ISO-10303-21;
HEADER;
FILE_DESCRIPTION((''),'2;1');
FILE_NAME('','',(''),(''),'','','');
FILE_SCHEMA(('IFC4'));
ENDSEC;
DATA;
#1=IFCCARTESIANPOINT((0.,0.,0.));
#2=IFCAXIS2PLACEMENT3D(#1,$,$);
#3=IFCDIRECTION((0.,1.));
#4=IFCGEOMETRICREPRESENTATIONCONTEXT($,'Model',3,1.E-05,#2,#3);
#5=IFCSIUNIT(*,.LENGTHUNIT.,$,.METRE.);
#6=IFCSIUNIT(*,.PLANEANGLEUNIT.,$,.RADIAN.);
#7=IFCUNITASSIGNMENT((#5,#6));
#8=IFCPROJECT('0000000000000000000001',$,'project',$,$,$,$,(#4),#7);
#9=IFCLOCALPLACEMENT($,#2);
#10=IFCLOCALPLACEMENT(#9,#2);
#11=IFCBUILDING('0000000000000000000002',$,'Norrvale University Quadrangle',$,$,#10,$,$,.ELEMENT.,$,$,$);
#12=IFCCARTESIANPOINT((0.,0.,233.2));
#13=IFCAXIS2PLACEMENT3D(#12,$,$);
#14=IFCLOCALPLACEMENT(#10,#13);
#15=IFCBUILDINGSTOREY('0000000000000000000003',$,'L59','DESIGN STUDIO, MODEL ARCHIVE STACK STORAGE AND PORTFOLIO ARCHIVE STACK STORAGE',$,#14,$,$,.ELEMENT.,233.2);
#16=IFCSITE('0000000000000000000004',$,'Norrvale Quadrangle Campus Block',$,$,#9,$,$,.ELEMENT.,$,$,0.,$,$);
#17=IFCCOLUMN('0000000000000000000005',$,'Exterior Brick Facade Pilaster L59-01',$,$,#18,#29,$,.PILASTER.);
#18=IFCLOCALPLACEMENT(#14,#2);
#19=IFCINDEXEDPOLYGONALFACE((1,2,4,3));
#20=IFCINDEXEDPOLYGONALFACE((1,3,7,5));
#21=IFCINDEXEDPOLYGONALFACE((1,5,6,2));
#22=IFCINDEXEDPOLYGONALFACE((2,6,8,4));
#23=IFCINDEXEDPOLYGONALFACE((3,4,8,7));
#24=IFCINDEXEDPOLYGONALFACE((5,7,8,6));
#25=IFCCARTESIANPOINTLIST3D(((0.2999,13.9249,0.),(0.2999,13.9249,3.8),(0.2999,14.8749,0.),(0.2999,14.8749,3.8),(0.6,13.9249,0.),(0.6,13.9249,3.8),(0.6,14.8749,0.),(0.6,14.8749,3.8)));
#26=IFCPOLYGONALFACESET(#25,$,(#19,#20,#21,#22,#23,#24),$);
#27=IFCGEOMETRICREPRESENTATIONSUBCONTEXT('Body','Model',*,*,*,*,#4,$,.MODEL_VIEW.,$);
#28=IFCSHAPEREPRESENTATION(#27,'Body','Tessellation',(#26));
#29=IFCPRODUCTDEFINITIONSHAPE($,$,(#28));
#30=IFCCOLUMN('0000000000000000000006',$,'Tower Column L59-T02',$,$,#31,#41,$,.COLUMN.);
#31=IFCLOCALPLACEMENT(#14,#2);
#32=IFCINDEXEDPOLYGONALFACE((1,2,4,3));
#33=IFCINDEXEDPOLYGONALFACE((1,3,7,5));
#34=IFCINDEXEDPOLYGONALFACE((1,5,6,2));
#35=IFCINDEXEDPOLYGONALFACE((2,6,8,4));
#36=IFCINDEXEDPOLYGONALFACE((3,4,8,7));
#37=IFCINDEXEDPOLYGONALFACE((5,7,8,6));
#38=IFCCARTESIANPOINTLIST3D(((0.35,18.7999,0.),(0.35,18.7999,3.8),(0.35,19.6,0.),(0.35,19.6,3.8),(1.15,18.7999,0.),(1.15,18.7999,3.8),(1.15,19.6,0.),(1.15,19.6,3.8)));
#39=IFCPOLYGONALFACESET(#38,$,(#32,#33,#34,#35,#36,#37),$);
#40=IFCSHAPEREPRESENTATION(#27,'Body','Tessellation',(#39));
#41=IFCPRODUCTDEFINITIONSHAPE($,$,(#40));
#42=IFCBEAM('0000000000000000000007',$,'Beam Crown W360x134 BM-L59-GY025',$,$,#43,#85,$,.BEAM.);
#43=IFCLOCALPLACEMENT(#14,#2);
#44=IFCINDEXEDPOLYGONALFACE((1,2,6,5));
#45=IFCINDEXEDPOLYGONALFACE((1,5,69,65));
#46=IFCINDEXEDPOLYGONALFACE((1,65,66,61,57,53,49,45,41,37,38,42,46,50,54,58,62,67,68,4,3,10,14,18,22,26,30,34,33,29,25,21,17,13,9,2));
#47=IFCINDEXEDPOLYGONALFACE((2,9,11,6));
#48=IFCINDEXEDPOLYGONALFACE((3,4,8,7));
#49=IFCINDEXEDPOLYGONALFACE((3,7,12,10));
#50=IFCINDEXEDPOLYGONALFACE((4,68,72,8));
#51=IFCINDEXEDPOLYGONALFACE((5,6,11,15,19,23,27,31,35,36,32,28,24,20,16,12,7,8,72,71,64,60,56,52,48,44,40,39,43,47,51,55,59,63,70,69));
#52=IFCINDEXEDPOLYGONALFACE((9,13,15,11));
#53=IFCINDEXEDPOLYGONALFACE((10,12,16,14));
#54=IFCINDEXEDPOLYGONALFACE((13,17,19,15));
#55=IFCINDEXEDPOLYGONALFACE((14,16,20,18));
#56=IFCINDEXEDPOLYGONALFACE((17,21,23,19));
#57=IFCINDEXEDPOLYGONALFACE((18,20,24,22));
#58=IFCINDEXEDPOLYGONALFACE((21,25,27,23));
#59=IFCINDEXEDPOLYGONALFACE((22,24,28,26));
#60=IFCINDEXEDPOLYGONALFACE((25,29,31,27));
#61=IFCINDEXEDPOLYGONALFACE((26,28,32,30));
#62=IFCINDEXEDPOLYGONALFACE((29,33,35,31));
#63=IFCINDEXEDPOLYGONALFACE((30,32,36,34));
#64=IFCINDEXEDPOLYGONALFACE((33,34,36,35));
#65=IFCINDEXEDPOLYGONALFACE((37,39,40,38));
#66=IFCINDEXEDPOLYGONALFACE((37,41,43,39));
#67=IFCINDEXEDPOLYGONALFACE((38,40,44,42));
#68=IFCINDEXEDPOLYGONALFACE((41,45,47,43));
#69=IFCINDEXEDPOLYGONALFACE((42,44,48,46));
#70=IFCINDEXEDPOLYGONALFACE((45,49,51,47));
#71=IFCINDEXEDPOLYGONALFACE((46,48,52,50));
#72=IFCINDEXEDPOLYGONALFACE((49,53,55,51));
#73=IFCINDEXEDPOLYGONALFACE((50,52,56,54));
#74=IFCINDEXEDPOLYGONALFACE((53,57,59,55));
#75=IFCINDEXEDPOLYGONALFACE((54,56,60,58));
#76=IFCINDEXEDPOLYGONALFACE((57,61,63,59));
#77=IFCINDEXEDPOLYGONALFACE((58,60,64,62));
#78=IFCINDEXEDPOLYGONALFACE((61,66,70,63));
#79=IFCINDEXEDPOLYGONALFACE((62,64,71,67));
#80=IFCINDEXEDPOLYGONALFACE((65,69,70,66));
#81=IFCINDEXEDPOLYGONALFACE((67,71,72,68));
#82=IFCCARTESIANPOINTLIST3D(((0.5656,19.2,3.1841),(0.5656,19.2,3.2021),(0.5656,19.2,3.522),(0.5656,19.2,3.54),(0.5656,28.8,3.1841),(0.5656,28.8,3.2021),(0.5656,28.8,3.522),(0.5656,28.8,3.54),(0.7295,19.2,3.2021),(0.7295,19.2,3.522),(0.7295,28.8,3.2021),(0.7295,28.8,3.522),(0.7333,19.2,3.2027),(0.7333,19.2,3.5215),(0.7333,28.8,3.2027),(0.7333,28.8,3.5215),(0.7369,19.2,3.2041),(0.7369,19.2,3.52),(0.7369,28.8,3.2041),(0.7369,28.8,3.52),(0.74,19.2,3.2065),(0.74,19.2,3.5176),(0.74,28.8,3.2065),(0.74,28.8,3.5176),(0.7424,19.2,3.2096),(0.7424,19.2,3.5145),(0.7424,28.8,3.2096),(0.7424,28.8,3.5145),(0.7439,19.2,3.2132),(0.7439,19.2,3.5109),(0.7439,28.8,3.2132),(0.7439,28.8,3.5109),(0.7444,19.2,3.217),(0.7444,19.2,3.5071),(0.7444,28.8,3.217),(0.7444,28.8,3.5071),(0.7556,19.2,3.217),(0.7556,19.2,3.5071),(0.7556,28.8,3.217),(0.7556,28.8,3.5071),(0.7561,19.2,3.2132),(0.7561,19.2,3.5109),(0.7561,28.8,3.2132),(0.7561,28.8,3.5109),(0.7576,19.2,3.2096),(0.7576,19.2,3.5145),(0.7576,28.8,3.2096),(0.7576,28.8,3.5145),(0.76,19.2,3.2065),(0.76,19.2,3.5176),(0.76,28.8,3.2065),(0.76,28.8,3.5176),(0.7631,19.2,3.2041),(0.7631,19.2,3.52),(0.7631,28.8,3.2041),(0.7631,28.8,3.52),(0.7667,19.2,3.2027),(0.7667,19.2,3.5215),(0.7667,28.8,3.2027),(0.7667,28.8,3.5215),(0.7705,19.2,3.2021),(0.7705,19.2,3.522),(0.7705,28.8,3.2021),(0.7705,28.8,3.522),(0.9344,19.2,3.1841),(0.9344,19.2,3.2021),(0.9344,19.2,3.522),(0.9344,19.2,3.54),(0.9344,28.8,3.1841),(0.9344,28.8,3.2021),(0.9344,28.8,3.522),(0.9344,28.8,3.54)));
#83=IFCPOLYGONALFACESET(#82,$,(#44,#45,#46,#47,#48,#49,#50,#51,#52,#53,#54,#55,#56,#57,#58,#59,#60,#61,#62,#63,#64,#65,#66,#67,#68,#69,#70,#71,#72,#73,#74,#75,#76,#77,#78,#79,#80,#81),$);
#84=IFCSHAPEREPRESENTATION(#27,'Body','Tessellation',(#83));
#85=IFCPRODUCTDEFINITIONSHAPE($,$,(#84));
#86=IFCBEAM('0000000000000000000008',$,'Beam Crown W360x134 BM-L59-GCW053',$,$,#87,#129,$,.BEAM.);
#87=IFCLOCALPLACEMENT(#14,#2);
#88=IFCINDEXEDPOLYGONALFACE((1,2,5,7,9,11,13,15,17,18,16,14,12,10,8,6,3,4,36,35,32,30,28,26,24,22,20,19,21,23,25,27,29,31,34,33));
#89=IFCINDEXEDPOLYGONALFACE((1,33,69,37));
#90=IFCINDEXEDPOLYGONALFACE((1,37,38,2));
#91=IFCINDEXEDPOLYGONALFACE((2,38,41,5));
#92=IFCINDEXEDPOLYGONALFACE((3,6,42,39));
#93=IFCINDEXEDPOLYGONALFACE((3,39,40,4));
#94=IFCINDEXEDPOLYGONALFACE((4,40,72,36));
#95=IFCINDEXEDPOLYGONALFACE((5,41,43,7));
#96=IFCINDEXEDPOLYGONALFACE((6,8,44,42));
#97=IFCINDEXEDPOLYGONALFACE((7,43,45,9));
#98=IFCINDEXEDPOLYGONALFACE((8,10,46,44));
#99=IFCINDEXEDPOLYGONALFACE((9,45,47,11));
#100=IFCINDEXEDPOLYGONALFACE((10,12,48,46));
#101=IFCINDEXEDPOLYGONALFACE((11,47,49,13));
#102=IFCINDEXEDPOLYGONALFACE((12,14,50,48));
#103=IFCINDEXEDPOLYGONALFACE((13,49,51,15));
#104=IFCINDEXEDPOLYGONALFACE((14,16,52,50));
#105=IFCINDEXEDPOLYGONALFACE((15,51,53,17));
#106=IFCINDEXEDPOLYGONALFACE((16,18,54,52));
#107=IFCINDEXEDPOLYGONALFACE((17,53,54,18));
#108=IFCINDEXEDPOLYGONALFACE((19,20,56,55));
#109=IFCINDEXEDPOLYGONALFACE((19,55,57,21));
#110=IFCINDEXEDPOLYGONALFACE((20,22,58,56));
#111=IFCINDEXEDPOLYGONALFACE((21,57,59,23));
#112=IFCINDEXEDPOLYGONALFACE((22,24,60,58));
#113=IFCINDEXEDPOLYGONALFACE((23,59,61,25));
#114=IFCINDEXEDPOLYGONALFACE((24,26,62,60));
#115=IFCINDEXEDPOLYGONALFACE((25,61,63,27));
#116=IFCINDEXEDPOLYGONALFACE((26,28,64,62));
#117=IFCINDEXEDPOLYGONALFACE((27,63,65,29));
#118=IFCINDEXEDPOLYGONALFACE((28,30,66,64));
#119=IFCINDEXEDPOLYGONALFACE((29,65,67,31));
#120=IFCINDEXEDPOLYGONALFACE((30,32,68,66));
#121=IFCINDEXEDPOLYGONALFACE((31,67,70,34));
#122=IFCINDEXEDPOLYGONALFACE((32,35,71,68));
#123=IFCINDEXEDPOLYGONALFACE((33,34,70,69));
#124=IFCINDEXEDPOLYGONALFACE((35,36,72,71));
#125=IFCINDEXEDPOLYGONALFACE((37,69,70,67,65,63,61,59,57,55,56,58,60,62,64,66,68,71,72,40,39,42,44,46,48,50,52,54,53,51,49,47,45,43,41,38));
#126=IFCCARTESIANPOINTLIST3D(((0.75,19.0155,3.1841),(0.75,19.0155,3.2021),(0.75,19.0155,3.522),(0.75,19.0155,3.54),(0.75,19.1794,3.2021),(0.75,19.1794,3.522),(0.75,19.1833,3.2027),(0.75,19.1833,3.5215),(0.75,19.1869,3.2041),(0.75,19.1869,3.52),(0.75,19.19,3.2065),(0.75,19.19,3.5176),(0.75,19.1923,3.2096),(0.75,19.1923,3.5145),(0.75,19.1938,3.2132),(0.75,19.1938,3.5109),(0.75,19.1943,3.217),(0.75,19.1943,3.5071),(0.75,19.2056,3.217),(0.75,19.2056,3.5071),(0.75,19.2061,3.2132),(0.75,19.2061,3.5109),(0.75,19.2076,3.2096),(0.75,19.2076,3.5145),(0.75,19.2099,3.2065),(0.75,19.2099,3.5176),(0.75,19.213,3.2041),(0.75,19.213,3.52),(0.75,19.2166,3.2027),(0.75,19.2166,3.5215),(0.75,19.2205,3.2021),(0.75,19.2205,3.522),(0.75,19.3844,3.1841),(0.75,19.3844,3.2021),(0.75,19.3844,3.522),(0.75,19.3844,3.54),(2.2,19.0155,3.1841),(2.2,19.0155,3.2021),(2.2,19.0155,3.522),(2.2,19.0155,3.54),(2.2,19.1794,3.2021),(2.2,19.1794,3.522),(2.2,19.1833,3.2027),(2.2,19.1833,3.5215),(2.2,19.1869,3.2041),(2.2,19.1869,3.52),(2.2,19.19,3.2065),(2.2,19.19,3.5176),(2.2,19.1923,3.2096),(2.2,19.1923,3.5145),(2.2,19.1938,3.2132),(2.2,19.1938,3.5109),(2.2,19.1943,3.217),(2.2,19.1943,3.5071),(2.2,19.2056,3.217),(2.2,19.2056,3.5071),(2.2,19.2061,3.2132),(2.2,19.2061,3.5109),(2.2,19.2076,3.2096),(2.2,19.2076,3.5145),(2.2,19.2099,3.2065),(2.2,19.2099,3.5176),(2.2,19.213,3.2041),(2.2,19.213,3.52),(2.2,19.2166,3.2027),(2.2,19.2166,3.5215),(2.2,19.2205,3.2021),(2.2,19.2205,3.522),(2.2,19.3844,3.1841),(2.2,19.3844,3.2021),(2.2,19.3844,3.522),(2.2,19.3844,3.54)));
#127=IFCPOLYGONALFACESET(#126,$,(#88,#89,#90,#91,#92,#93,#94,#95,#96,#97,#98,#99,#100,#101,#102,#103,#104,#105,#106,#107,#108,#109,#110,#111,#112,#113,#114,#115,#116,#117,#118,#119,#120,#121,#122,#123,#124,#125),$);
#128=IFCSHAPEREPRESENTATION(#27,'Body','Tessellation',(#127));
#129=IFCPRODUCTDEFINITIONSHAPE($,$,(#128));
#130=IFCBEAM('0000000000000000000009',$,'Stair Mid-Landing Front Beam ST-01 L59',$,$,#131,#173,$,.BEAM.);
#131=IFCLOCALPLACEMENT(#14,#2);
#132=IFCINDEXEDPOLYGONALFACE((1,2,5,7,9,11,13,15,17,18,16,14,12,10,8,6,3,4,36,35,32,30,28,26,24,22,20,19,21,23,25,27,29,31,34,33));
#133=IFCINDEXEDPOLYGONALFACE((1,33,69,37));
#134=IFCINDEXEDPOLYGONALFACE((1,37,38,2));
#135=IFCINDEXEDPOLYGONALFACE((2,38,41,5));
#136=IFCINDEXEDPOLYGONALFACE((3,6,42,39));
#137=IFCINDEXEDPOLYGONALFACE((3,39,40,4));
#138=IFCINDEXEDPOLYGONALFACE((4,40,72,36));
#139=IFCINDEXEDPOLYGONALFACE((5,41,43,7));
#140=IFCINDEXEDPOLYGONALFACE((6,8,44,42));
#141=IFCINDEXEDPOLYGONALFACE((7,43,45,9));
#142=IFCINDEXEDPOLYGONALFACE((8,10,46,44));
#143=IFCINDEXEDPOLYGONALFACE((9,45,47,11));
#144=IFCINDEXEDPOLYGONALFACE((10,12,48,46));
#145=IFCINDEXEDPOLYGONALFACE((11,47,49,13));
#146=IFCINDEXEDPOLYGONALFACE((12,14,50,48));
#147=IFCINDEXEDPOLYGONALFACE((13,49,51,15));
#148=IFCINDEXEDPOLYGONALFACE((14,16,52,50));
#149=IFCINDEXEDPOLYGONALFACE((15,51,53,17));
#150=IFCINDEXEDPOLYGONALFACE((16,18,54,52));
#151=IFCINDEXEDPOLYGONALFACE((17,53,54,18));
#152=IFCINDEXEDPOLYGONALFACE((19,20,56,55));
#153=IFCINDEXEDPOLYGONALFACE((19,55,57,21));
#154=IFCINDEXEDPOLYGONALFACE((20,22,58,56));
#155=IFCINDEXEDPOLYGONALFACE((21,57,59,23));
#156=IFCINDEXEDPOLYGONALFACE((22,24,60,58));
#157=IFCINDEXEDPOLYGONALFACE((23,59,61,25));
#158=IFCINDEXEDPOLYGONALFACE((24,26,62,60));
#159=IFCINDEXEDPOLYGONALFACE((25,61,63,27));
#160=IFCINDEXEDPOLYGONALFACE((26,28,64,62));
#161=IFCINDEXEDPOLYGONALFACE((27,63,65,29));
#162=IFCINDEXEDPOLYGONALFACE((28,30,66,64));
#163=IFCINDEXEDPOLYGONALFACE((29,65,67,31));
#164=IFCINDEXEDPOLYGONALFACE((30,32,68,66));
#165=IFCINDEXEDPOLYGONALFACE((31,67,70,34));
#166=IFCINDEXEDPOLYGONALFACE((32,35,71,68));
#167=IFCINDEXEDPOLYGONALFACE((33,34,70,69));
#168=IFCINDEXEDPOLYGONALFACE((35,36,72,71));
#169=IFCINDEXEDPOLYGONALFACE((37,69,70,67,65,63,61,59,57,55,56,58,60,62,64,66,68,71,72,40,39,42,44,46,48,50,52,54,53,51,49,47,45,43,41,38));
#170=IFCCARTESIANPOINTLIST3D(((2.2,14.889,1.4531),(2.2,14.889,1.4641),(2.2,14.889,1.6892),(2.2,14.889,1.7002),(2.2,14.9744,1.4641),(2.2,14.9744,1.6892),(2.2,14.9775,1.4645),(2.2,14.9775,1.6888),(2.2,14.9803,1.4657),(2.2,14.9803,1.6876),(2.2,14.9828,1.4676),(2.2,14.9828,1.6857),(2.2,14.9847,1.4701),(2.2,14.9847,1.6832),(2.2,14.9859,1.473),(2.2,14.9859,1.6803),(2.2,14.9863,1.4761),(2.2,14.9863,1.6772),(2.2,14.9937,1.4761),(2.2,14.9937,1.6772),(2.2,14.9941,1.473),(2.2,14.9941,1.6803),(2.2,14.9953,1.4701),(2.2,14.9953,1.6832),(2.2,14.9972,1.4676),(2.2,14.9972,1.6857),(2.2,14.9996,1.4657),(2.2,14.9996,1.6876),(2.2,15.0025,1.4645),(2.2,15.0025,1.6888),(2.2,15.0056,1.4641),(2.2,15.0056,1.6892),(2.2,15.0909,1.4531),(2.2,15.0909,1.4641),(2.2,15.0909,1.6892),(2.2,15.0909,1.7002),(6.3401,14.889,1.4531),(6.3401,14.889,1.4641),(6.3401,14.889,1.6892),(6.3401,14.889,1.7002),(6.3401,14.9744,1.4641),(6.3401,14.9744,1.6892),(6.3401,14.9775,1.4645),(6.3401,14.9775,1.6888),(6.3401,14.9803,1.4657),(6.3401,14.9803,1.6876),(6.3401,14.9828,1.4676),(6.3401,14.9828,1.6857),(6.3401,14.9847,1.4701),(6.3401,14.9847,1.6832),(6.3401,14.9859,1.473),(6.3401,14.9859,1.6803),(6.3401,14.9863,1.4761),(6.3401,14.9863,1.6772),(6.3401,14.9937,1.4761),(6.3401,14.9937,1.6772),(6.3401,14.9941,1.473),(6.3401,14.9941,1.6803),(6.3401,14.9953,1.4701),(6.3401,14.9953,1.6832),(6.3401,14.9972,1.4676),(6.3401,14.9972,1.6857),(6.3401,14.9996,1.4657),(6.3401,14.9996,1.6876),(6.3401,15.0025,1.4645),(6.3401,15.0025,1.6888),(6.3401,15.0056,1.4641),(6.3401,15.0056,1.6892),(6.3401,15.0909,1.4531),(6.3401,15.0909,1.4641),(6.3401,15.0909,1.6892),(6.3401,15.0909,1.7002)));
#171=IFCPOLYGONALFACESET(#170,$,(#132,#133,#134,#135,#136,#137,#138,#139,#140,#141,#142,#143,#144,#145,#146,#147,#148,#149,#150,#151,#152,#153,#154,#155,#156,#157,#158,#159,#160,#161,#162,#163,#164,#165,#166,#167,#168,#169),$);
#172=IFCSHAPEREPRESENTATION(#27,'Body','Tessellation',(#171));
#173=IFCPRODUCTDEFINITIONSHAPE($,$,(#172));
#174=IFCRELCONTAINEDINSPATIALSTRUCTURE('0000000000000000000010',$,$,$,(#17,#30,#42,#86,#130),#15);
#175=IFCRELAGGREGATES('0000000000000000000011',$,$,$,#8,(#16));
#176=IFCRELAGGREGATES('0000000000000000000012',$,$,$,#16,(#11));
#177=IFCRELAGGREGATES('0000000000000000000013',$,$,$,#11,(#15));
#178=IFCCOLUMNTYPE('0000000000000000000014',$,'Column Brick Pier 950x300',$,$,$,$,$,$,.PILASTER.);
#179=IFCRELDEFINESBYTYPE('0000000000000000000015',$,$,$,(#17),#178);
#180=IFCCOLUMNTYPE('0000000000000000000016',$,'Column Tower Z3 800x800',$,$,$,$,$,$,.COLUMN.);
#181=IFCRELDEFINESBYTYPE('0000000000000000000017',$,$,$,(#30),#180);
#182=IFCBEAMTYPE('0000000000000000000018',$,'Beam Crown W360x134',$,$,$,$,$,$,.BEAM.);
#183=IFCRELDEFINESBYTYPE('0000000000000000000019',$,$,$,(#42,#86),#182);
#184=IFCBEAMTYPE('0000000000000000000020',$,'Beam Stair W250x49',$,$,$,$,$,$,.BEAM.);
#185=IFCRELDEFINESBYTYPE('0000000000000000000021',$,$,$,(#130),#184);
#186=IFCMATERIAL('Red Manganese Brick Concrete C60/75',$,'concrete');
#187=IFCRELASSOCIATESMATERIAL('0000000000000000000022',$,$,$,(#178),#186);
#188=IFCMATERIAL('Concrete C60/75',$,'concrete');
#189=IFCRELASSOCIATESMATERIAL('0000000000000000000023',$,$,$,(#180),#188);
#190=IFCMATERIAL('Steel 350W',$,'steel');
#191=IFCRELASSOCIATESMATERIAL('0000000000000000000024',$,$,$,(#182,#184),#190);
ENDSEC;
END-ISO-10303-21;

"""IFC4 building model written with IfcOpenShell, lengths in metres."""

from ifc_helpers import new_model, si_unit, direction, frame, origin, origin_2d, place, context, subcontext, project, spatial, rectangle, i_section, extrude, material, material_profile, profile_set, type_object, element, save


model = new_model("IFC4")

# Units and contexts
model_context = context("Model", 3, precision=1e-05, world=origin(), true_north=direction((0.0, 1.0)))
body_context = subcontext(model_context, "Body", "Model", "MODEL_VIEW")
ifc_project = project(units=[si_unit("LENGTHUNIT", "METRE"), si_unit("PLANEANGLEUNIT", "RADIAN")], contexts=[model_context])

# Site, building, storey
site_placement = place(None, origin())
site = spatial("IfcSite", under=ifc_project, at=site_placement, Name="Norrvale Quadrangle Campus Block", CompositionType="ELEMENT", RefElevation=0.0)
building_placement = place(site_placement, origin())
building = spatial("IfcBuilding", under=site, at=building_placement, Name="Norrvale University Quadrangle", CompositionType="ELEMENT")
storey_placement = place(building_placement, frame((0.0, 0.0, 233.2)))
storey = spatial("IfcBuildingStorey", under=building, at=storey_placement, Name="L59", Description="DESIGN STUDIO, MODEL ARCHIVE STACK STORAGE AND PORTFOLIO ARCHIVE STACK STORAGE", CompositionType="ELEMENT", Elevation=233.2)

# Columns
ifc_material_1 = material(Name="Red Manganese Brick Concrete C60/75", Category="concrete")
ifc_material_profile_1 = material_profile(ifc_material_1, rectangle(XDim=0.95, YDim=0.3, at=origin_2d()), Name="Red Manganese Brick Concrete C60/75")
ifc_profile_set_1 = profile_set([ifc_material_profile_1], Name="Red Manganese Brick Concrete C60/75")
column_type_1 = type_object("IfcColumnType", Name="Column Brick Pier 950x300", PredefinedType="PILASTER", material=ifc_profile_set_1)
column_1_placement = place(storey_placement, frame((0.45, 14.3999, 0.0), z_axis=(0.0, 0.0, 1.0), x_axis=(0.0, 1.0, 0.0)))
element("IfcColumn", 1, at=column_1_placement, inside=storey, type_object=column_type_1, Name="Exterior Brick Facade Pilaster L59-01", PredefinedType="PILASTER", context=body_context, shape_type="SweptSolid", body=[
    extrude(rectangle(XDim=0.95, YDim=0.3, at=origin_2d()), origin(), (0.0, 0.0, 1.0), 3.8),
])
ifc_material_2 = material(Name="Concrete C60/75", Category="concrete")
ifc_material_profile_2 = material_profile(ifc_material_2, rectangle(XDim=0.8, YDim=0.8, at=origin_2d()), Name="Concrete C60/75")
ifc_profile_set_2 = profile_set([ifc_material_profile_2], Name="Concrete C60/75")
column_type_2 = type_object("IfcColumnType", Name="Column Tower Z3 800x800", PredefinedType="COLUMN", material=ifc_profile_set_2)
column_2_placement = place(storey_placement, frame((0.75, 19.2, 0.0), z_axis=(0.0, 0.0, 1.0), x_axis=(1.0, 0.0, 0.0)))
element("IfcColumn", 2, at=column_2_placement, inside=storey, type_object=column_type_2, Name="Tower Column L59-T02", PredefinedType="COLUMN", context=body_context, shape_type="SweptSolid", body=[
    extrude(rectangle(XDim=0.8, YDim=0.8, at=origin_2d()), origin(), (0.0, 0.0, 1.0), 3.8),
])

# Beams
ifc_material_3 = material(Name="Steel 350W", Category="steel")
ifc_material_profile_3 = material_profile(ifc_material_3, i_section(OverallWidth=0.3689, OverallDepth=0.356, WebThickness=0.0112, FlangeThickness=0.0181, FilletRadius=0.0149, at=origin_2d()), Name="Steel 350W")
ifc_profile_set_3 = profile_set([ifc_material_profile_3], Name="Steel 350W")
beam_type_1 = type_object("IfcBeamType", Name="Beam Crown W360x134", PredefinedType="BEAM", material=ifc_profile_set_3)
beam_1_placement = place(storey_placement, frame((0.75, 19.2, 3.3621), z_axis=(0.0, 1.0, 0.0), x_axis=(-1.0, 0.0, 0.0)))
element("IfcBeam", 3, at=beam_1_placement, inside=storey, type_object=beam_type_1, Name="Beam Crown W360x134 BM-L59-GY025", PredefinedType="BEAM", context=body_context, shape_type="SweptSolid", body=[
    extrude(i_section(OverallWidth=0.3689, OverallDepth=0.356, WebThickness=0.0112, FlangeThickness=0.0181, FilletRadius=0.0149, at=origin_2d()), origin(), (0.0, 0.0, 1.0), 9.6001),
])
beam_2_placement = place(storey_placement, frame((0.75, 19.2, 3.3621), z_axis=(1.0, 0.0, 0.0), x_axis=(0.0, 1.0, 0.0)))
element("IfcBeam", 4, at=beam_2_placement, inside=storey, type_object=beam_type_1, Name="Beam Crown W360x134 BM-L59-GCW053", PredefinedType="BEAM", context=body_context, shape_type="SweptSolid", body=[
    extrude(i_section(OverallWidth=0.3689, OverallDepth=0.356, WebThickness=0.0112, FlangeThickness=0.0181, FilletRadius=0.0149, at=origin_2d()), origin(), (0.0, 0.0, 1.0), 1.45),
])
ifc_material_profile_4 = material_profile(ifc_material_3, i_section(OverallWidth=0.2019, OverallDepth=0.2471, WebThickness=0.0073, FlangeThickness=0.011, FilletRadius=0.012, at=origin_2d()), Name="Steel 350W")
ifc_profile_set_4 = profile_set([ifc_material_profile_4], Name="Steel 350W")
beam_type_2 = type_object("IfcBeamType", Name="Beam Stair W250x49", PredefinedType="BEAM", material=ifc_profile_set_4)
for number, where, z_axis, x_axis, name in (
    (5, (2.2, 14.99, 1.5767), (1.0, 0.0, 0.0), (0.0, 1.0, 0.0), "Stair Mid-Landing Front Beam ST-01 L59"),
):
    element("IfcBeam", number, at=place(storey_placement, frame(where, z_axis=z_axis, x_axis=x_axis)), inside=storey, type_object=beam_type_2, Name=name, PredefinedType="BEAM", context=body_context, shape_type="SweptSolid", body=[
        extrude(i_section(OverallWidth=0.2019, OverallDepth=0.2471, WebThickness=0.0073, FlangeThickness=0.011, FilletRadius=0.012, at=origin_2d()), origin(), (0.0, 0.0, 1.0), 4.1401),
    ])

save(model, "model.ifc")
